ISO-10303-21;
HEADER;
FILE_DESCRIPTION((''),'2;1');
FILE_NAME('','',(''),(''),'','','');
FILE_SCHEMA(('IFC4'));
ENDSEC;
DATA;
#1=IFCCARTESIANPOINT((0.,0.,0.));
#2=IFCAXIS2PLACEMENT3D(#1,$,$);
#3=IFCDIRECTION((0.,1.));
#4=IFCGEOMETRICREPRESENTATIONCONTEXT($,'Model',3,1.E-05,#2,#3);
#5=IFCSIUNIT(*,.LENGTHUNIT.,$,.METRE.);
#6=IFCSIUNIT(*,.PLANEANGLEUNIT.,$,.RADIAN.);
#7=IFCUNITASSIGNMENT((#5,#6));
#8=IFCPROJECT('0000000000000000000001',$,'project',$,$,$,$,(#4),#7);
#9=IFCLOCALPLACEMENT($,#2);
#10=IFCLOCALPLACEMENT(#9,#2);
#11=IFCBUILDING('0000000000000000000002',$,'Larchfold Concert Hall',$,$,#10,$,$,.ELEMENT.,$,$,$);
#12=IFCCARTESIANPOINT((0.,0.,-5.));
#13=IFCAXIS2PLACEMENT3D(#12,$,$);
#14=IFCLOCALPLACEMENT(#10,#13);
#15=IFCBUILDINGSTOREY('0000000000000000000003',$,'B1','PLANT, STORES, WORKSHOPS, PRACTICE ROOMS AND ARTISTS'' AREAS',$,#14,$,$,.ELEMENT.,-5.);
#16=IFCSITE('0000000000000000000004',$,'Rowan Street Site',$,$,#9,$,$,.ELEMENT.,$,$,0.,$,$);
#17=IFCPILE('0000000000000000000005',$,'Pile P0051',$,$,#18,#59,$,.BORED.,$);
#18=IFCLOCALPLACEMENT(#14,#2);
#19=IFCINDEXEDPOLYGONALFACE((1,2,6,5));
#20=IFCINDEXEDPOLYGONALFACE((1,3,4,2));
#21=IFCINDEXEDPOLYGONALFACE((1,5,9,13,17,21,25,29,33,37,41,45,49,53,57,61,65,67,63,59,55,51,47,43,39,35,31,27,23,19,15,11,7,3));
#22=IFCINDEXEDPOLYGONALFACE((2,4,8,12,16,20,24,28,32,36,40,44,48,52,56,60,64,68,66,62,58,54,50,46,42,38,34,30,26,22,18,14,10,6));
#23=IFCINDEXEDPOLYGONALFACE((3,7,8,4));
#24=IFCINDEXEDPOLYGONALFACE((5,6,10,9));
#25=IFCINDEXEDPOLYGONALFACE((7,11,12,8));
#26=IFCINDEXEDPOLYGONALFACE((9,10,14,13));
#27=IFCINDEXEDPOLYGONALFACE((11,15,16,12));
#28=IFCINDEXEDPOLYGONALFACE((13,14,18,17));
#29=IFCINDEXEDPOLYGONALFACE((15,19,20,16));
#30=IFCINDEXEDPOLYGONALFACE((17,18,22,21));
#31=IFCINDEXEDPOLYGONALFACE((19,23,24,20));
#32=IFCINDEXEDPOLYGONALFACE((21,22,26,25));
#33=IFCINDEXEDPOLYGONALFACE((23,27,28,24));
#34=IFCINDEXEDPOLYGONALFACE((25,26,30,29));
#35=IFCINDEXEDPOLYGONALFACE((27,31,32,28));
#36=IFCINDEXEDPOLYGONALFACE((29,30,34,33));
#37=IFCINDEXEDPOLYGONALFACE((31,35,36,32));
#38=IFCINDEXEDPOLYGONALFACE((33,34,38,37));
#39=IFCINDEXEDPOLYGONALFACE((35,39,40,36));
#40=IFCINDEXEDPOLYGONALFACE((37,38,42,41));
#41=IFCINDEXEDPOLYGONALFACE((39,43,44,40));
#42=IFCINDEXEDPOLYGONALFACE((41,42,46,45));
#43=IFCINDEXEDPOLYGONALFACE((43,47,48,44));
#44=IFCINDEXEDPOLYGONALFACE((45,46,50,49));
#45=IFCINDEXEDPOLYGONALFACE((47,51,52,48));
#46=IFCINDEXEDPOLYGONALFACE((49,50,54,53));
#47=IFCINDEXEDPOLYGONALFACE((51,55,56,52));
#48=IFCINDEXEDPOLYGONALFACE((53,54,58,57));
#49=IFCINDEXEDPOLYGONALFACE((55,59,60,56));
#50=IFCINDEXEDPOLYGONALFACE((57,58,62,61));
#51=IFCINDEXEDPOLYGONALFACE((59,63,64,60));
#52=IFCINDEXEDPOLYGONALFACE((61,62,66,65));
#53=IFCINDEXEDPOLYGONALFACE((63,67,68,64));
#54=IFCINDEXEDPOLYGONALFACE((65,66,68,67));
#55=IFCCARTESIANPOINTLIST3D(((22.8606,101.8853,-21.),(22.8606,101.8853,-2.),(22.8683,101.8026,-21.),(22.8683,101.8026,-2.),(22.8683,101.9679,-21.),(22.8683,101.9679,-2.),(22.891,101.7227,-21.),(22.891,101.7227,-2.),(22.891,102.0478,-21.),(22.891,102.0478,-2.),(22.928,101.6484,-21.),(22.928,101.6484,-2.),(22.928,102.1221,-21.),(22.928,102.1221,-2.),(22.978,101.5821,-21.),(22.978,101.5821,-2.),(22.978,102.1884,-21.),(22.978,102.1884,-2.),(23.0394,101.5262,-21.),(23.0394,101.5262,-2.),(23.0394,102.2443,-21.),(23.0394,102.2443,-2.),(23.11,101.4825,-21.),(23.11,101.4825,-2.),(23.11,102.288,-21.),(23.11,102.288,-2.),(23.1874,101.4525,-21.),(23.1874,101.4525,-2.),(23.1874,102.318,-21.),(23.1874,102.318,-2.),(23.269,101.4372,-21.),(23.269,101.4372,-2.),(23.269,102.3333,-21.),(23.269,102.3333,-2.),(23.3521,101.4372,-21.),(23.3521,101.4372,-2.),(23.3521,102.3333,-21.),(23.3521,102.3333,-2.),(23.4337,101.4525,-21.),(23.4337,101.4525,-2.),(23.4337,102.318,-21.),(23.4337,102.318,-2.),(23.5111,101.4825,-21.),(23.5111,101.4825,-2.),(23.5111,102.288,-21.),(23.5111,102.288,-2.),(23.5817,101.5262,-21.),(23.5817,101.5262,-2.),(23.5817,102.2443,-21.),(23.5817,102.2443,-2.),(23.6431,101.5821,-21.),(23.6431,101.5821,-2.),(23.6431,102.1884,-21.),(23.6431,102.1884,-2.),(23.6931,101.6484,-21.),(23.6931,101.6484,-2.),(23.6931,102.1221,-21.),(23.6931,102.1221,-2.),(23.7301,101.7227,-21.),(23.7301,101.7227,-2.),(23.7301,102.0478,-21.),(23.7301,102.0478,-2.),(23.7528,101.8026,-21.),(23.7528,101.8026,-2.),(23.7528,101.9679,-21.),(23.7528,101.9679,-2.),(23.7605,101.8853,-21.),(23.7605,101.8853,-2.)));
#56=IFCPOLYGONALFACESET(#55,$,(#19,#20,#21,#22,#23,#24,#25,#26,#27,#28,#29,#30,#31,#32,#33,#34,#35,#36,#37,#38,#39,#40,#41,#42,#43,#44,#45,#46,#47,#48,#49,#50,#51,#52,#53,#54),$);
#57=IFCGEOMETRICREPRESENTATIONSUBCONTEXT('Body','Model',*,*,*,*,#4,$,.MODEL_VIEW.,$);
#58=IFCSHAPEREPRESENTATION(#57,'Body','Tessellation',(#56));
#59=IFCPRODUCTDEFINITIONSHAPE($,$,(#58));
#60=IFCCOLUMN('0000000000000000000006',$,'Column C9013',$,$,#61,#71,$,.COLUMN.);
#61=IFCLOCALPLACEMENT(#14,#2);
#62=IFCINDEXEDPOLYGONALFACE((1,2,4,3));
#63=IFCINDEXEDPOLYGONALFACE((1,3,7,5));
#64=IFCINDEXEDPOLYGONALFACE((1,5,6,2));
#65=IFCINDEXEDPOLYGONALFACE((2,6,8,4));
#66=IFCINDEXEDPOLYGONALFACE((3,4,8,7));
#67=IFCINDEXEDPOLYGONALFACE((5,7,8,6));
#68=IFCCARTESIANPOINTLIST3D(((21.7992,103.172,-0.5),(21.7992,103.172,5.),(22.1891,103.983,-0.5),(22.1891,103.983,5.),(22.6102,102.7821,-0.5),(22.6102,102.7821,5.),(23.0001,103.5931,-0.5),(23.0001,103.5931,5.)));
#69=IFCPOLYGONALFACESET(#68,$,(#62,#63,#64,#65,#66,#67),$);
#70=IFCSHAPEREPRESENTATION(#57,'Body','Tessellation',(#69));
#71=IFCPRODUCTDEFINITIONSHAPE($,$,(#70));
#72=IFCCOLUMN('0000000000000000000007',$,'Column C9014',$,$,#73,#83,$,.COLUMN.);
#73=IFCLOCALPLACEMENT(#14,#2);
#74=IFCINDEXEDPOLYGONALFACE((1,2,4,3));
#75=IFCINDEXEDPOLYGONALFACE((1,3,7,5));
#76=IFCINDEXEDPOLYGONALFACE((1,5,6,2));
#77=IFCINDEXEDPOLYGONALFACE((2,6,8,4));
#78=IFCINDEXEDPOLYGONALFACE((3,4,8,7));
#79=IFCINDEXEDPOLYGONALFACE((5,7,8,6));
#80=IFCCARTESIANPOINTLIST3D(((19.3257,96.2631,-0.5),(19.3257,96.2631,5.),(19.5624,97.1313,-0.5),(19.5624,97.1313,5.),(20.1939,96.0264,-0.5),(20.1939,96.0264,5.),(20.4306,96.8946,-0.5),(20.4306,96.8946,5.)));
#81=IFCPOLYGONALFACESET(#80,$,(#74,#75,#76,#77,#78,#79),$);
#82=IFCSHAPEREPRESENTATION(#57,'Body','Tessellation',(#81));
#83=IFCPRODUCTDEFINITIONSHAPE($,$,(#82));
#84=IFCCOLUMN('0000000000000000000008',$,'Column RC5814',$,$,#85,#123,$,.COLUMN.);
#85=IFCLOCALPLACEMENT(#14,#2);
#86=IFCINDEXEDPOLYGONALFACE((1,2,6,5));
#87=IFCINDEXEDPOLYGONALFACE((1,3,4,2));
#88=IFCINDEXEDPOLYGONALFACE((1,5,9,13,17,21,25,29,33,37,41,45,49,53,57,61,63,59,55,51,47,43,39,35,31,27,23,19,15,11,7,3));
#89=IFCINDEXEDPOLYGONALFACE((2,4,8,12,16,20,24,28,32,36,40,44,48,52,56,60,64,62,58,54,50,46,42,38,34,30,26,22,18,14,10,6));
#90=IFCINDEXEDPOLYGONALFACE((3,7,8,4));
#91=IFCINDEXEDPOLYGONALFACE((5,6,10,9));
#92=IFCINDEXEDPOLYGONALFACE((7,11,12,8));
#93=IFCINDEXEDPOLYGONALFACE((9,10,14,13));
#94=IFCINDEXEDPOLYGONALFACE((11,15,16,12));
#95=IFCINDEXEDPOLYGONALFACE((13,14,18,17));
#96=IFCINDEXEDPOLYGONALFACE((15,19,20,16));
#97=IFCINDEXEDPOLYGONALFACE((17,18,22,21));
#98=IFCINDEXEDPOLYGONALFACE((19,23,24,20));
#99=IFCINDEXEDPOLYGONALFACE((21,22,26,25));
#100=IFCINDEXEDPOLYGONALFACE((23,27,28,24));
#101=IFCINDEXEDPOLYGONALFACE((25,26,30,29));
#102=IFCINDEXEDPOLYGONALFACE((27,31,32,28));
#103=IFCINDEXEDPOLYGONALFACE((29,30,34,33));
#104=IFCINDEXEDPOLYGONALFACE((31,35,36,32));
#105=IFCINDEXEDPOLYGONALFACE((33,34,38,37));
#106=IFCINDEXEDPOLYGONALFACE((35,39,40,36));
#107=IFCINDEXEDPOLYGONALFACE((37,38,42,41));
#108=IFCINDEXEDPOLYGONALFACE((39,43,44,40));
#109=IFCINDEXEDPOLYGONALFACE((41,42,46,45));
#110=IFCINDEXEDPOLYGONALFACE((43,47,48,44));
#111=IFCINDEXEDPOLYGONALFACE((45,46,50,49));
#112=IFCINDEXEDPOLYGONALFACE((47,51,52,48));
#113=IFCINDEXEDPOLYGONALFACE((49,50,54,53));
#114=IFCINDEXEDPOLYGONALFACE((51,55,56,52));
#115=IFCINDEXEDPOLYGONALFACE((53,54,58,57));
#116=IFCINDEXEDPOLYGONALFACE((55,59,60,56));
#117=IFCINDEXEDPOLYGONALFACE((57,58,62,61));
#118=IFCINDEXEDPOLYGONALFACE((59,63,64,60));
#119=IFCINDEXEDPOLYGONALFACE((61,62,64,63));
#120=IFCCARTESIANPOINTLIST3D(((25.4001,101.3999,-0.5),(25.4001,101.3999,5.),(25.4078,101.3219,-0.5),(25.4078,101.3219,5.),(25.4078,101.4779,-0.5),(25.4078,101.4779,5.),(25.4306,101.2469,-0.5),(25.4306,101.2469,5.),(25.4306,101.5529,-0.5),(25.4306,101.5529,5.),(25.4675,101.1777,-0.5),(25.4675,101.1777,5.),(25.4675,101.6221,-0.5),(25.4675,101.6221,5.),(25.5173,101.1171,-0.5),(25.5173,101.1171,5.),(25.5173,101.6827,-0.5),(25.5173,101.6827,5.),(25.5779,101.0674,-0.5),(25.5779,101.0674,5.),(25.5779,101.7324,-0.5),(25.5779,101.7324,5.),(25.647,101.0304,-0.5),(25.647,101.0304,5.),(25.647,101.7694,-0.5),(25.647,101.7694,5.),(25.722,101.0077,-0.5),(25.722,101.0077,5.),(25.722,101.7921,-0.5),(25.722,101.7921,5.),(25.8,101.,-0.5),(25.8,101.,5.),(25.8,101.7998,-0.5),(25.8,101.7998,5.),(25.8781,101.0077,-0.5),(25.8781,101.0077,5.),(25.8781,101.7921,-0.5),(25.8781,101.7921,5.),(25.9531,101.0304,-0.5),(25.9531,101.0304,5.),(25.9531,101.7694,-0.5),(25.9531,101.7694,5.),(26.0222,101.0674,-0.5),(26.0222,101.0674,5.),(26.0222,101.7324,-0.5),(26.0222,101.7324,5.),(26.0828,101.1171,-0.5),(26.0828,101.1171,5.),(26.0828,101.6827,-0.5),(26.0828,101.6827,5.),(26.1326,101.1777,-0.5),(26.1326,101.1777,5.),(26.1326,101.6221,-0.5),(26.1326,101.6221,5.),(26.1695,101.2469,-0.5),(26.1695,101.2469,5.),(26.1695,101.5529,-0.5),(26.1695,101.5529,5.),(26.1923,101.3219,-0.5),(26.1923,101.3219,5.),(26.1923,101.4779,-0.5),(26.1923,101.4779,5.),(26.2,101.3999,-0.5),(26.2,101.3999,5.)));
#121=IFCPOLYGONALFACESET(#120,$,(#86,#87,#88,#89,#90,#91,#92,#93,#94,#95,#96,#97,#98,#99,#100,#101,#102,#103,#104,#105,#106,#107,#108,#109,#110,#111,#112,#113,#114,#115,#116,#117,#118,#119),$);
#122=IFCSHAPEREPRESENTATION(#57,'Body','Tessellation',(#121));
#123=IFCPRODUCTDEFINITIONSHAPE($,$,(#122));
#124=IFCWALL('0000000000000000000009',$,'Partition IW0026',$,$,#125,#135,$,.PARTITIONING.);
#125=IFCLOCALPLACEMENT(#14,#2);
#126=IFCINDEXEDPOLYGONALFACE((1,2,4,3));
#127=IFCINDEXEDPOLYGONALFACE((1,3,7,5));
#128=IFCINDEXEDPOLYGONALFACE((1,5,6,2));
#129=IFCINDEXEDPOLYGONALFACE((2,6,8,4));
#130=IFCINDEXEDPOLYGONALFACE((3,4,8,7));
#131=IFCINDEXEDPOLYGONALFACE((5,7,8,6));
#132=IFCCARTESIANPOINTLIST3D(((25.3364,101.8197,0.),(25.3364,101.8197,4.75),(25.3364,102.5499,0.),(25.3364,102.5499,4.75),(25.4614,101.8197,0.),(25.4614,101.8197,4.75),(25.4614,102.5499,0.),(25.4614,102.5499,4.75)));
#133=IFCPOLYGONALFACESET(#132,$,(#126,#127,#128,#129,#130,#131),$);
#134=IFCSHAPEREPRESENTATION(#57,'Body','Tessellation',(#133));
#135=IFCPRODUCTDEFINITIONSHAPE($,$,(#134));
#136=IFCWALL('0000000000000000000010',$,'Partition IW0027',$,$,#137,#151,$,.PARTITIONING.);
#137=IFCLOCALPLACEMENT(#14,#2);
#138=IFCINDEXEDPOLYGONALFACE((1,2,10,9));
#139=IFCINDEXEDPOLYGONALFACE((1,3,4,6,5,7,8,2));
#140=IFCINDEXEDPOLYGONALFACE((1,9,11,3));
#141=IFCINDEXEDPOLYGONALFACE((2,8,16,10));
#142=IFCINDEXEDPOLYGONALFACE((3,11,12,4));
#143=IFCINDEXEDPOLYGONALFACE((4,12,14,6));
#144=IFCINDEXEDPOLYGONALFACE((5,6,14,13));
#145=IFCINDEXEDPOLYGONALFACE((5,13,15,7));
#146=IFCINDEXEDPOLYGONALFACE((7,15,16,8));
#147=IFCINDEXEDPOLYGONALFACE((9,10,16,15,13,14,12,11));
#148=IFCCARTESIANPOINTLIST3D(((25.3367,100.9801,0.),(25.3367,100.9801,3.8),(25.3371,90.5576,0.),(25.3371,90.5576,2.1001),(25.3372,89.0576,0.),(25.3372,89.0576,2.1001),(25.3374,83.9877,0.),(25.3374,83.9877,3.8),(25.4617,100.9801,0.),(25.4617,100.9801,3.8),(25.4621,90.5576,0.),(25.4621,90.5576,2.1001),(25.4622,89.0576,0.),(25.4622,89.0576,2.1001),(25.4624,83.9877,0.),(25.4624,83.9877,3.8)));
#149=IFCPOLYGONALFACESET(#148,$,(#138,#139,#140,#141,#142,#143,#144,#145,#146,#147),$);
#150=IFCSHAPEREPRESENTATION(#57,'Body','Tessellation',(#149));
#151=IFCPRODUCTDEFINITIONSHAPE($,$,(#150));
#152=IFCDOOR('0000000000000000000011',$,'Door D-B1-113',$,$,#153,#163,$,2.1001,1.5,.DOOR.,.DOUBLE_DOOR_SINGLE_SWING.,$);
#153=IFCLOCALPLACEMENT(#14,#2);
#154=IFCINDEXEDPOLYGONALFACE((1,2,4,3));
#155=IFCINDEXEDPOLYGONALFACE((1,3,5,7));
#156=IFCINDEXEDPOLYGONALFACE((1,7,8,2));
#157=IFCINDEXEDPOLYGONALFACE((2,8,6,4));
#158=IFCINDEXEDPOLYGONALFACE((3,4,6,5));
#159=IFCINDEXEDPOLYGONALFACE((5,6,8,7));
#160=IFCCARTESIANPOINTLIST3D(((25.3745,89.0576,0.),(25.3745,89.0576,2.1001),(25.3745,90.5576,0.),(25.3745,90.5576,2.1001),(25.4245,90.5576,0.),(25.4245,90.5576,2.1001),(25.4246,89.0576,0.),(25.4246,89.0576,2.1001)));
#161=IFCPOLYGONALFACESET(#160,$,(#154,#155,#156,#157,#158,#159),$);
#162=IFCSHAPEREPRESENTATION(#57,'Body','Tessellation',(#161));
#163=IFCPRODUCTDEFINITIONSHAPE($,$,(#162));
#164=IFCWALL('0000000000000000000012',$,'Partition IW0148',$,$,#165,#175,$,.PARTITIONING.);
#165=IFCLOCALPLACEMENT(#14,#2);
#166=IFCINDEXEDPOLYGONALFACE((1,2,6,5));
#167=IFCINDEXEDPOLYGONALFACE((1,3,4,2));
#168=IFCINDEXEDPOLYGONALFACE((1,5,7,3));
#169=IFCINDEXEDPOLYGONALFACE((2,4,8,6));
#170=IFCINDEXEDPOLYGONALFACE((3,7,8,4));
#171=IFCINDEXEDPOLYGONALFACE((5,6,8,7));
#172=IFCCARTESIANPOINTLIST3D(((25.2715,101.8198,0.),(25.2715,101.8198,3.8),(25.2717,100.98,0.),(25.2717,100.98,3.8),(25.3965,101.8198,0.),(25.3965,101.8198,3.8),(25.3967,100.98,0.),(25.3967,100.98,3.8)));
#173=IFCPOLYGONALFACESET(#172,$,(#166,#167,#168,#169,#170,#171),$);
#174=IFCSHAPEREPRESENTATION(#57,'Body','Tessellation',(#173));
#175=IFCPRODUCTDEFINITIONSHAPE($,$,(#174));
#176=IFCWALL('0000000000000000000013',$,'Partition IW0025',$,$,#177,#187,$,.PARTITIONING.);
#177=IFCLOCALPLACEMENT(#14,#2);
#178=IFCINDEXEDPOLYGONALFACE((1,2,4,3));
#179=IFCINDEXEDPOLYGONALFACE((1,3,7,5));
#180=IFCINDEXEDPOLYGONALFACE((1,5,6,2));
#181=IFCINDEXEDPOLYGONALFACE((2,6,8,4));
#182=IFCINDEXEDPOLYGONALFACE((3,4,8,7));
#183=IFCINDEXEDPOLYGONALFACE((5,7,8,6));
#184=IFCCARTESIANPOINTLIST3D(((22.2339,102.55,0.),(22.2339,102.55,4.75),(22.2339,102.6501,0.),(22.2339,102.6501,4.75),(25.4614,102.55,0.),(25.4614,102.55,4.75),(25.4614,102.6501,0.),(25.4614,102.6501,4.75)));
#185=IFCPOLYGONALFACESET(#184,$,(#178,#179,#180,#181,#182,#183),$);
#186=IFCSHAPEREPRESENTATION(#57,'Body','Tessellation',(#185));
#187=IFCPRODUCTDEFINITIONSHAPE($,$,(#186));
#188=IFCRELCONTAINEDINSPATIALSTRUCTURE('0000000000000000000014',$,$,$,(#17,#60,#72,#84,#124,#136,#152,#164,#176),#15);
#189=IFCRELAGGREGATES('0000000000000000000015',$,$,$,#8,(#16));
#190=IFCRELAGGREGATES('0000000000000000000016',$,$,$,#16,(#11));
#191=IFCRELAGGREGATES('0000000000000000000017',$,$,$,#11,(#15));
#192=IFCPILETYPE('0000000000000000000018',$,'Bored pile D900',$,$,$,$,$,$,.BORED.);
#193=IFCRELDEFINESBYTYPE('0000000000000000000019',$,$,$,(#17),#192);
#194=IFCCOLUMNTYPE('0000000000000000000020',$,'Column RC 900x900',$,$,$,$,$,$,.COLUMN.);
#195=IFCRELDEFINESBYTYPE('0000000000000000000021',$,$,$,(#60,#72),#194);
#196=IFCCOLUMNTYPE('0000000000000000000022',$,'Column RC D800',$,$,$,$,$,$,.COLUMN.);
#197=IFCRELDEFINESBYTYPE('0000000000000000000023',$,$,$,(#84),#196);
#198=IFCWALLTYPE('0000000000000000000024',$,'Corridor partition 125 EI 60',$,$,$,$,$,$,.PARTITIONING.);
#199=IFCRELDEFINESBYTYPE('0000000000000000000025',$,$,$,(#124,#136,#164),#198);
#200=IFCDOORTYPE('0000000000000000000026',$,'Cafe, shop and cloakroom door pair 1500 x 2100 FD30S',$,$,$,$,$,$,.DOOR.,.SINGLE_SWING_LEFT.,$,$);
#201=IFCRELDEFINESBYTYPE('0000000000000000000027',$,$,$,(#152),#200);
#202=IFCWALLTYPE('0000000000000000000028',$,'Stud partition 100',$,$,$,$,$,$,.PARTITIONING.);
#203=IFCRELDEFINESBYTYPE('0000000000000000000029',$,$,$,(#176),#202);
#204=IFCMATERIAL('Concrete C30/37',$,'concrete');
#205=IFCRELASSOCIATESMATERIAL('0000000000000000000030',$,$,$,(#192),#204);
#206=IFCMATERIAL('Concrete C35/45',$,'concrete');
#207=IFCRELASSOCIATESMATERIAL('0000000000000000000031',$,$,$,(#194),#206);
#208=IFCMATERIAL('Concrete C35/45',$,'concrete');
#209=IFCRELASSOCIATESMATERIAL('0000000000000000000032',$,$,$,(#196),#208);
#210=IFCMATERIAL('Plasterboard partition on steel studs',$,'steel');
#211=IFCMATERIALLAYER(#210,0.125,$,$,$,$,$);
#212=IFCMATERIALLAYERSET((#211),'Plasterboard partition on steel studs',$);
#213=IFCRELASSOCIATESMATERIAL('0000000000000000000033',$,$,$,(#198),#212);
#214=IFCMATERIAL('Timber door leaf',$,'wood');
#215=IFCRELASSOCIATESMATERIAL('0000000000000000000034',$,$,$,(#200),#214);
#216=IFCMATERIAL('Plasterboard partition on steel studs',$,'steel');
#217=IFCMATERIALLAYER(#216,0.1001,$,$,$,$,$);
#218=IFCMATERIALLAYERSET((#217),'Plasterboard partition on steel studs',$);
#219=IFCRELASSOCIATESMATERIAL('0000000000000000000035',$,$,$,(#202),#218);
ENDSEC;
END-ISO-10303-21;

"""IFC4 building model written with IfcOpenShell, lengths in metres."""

from ifc_helpers import new_model, si_unit, direction, frame, frame_2d, origin, origin_2d, place, context, subcontext, project, spatial, rectangle, circle, extrude, material, layer, layer_set, material_profile, profile_set, type_object, element, fill, save


model = new_model("IFC4")

# Units and contexts
model_context = context("Model", 3, precision=1e-05, world=origin(), true_north=direction((0.0, 1.0)))
body_context = subcontext(model_context, "Body", "Model", "MODEL_VIEW")
ifc_project = project(units=[si_unit("LENGTHUNIT", "METRE"), si_unit("PLANEANGLEUNIT", "RADIAN")], contexts=[model_context])

# Site, building, storey
site_placement = place(None, origin())
site = spatial("IfcSite", under=ifc_project, at=site_placement, Name="Rowan Street Site", CompositionType="ELEMENT", RefElevation=0.0)
building_placement = place(site_placement, origin())
building = spatial("IfcBuilding", under=site, at=building_placement, Name="Larchfold Concert Hall", CompositionType="ELEMENT")
storey_placement = place(building_placement, frame((0.0, 0.0, -5.0)))
storey = spatial("IfcBuildingStorey", under=building, at=storey_placement, Name="B1", Description="PLANT, STORES, WORKSHOPS, PRACTICE ROOMS AND ARTISTS' AREAS", CompositionType="ELEMENT", Elevation=-5.0)

# Pile
ifc_material_1 = material(Name="Concrete C30/37", Category="concrete")
ifc_material_profile_1 = material_profile(ifc_material_1, circle(Radius=0.45, at=origin_2d()))
ifc_profile_set_1 = profile_set([ifc_material_profile_1], Name="Concrete C30/37")
pile_type_1 = type_object("IfcPileType", Name="Bored pile D900", PredefinedType="BORED", material=ifc_profile_set_1)
for number, where, z_axis, x_axis, name in (
    (1, (23.3105, 101.8853, -2.0), (0.0, 0.0, -1.0), (1.0, 0.0, 0.0), "Pile P0051"),
):
    element("IfcPile", number, at=place(storey_placement, frame(where, z_axis=z_axis, x_axis=x_axis)), inside=storey, type_object=pile_type_1, Name=name, PredefinedType="BORED", context=body_context, shape_type="SweptSolid", body=[
        extrude(circle(Radius=0.45, at=origin_2d()), origin(), (0.0, 0.0, 1.0), 19.0),
    ])

# Columns
ifc_material_2 = material(Name="Concrete C35/45", Category="concrete")
ifc_material_profile_2 = material_profile(ifc_material_2, rectangle(XDim=0.8999, YDim=0.8999, at=origin_2d()))
ifc_profile_set_2 = profile_set([ifc_material_profile_2], Name="Concrete C35/45")
column_type_1 = type_object("IfcColumnType", Name="Column RC 900x900", PredefinedType="COLUMN", material=ifc_profile_set_2)
for number, where, z_axis, x_axis, name in (
    (2, (22.3997, 103.3826, -0.5), (0.0, 0.0, 1.0), (0.433276, 0.901261, 0.0), "Column C9013"),
    (3, (19.8782, 96.5789, -0.5), (0.0, 0.0, 1.0), (0.263031, 0.964788, 0.0), "Column C9014"),
):
    element("IfcColumn", number, at=place(storey_placement, frame(where, z_axis=z_axis, x_axis=x_axis)), inside=storey, type_object=column_type_1, Name=name, PredefinedType="COLUMN", context=body_context, shape_type="SweptSolid", body=[
        extrude(rectangle(XDim=0.8999, YDim=0.8999, at=origin_2d()), origin(), (0.0, 0.0, 1.0), 5.5),
    ])
ifc_material_3 = material(Name="Concrete C35/45", Category="concrete")
ifc_material_profile_3 = material_profile(ifc_material_3, circle(Radius=0.3999, at=origin_2d()))
ifc_profile_set_3 = profile_set([ifc_material_profile_3], Name="Concrete C35/45")
column_type_2 = type_object("IfcColumnType", Name="Column RC D800", PredefinedType="COLUMN", material=ifc_profile_set_3)
column_placement = place(storey_placement, frame((25.8, 101.3999, -0.5), z_axis=(0.0, 0.0, 1.0), x_axis=(1.0, 0.0, 0.0)))
element("IfcColumn", 4, at=column_placement, inside=storey, type_object=column_type_2, Name="Column RC5814", PredefinedType="COLUMN", context=body_context, shape_type="SweptSolid", body=[
    extrude(circle(Radius=0.3999, at=origin_2d()), origin(), (0.0, 0.0, 1.0), 5.5),
])

# Wall
ifc_material_4 = material(Name="Plasterboard partition on steel studs", Category="steel")
ifc_layer_1 = layer(ifc_material_4, 0.125)
ifc_layer_set_1 = layer_set([ifc_layer_1], Name="Plasterboard partition on steel studs")
wall_type_1 = type_object("IfcWallType", Name="Corridor partition 125 EI 60", PredefinedType="PARTITIONING", material=ifc_layer_set_1)
wall_1_placement = place(storey_placement, frame((25.3989, 102.55, 0.0), z_axis=(0.0, 0.0, 1.0), x_axis=(0.0, -1.0, 0.0)))
element("IfcWall", 5, at=wall_1_placement, inside=storey, type_object=wall_type_1, Name="Partition IW0026", PredefinedType="PARTITIONING", context=body_context, shape_type="SweptSolid", body=[
    extrude(rectangle(XDim=0.7302, YDim=0.125, at=frame_2d((0.3652, 0.0))), origin(), (0.0, 0.0, 1.0), 4.75),
])

# Wall, opening, door
wall_2_placement = place(storey_placement, frame((25.3992, 100.98, 0.0), z_axis=(0.0, 0.0, 1.0), x_axis=(0.000043, -1.0, 0.0)))
wall_2 = element("IfcWall", 6, at=wall_2_placement, inside=storey, type_object=wall_type_1, Name="Partition IW0027", PredefinedType="PARTITIONING", context=body_context, shape_type="SweptSolid", body=[
    extrude(rectangle(XDim=16.9924, YDim=0.125, at=frame_2d((8.4961, 0.0))), origin(), (0.0, 0.0, 1.0), 3.8),
])
opening_placement = place(wall_2_placement, frame((10.4224, 0.0, 0.0)))
opening = element("IfcOpeningElement", 7, at=opening_placement, cuts=wall_2, PredefinedType="OPENING", context=body_context, shape_type="SweptSolid", body=[
    extrude(rectangle(XDim=1.5, YDim=2.1001, at=frame_2d((0.75, 1.05))), frame((0.0, 0.0725, 0.0), z_axis=(0.0, -1.0, 0.0), x_axis=(1.0, 0.0, 0.0)), (0.0, 0.0, 1.0), 0.145),
])
ifc_material_5 = material(Name="Timber door leaf", Category="wood")
door_type = type_object("IfcDoorType", Name="Cafe, shop and cloakroom door pair 1500 x 2100 FD30S", OperationType="SINGLE_SWING_LEFT", PredefinedType="DOOR", material=ifc_material_5)
door_placement = place(opening_placement, origin())
door = element("IfcDoor", 8, at=door_placement, inside=storey, type_object=door_type, Name="Door D-B1-113", OperationType="DOUBLE_DOOR_SINGLE_SWING", OverallHeight=2.1001, OverallWidth=1.5, PredefinedType="DOOR", context=body_context, shape_type="SweptSolid", body=[
    extrude(rectangle(XDim=1.5, YDim=2.1001, at=frame_2d((0.75, 1.05))), frame((0.0, 0.0249, 0.0), z_axis=(0.0, -1.0, 0.0), x_axis=(1.0, 0.0, 0.0)), (0.0, 0.0, 1.0), 0.05),
])
fill(opening, door)

# Walls
wall_3_placement = place(storey_placement, frame((25.334, 101.8198, 0.0), z_axis=(0.0, 0.0, 1.0), x_axis=(0.000291, -1.0, 0.0)))
element("IfcWall", 9, at=wall_3_placement, inside=storey, type_object=wall_type_1, Name="Partition IW0148", PredefinedType="PARTITIONING", context=body_context, shape_type="SweptSolid", body=[
    extrude(rectangle(XDim=0.8398, YDim=0.125, at=frame_2d((0.4199, 0.0))), origin(), (0.0, 0.0, 1.0), 3.8),
])
ifc_material_6 = material(Name="Plasterboard partition on steel studs", Category="steel")
ifc_layer_2 = layer(ifc_material_6, 0.1001)
ifc_layer_set_2 = layer_set([ifc_layer_2], Name="Plasterboard partition on steel studs")
wall_type_2 = type_object("IfcWallType", Name="Stud partition 100", PredefinedType="PARTITIONING", material=ifc_layer_set_2)
wall_4_placement = place(storey_placement, frame((22.2339, 102.6001, 0.0), z_axis=(0.0, 0.0, 1.0), x_axis=(1.0, 0.0, 0.0)))
element("IfcWall", 10, at=wall_4_placement, inside=storey, type_object=wall_type_2, Name="Partition IW0025", PredefinedType="PARTITIONING", context=body_context, shape_type="SweptSolid", body=[
    extrude(rectangle(XDim=3.2275, YDim=0.1001, at=frame_2d((1.6138, 0.0))), origin(), (0.0, 0.0, 1.0), 4.75),
])

save(model, "model.ifc")
